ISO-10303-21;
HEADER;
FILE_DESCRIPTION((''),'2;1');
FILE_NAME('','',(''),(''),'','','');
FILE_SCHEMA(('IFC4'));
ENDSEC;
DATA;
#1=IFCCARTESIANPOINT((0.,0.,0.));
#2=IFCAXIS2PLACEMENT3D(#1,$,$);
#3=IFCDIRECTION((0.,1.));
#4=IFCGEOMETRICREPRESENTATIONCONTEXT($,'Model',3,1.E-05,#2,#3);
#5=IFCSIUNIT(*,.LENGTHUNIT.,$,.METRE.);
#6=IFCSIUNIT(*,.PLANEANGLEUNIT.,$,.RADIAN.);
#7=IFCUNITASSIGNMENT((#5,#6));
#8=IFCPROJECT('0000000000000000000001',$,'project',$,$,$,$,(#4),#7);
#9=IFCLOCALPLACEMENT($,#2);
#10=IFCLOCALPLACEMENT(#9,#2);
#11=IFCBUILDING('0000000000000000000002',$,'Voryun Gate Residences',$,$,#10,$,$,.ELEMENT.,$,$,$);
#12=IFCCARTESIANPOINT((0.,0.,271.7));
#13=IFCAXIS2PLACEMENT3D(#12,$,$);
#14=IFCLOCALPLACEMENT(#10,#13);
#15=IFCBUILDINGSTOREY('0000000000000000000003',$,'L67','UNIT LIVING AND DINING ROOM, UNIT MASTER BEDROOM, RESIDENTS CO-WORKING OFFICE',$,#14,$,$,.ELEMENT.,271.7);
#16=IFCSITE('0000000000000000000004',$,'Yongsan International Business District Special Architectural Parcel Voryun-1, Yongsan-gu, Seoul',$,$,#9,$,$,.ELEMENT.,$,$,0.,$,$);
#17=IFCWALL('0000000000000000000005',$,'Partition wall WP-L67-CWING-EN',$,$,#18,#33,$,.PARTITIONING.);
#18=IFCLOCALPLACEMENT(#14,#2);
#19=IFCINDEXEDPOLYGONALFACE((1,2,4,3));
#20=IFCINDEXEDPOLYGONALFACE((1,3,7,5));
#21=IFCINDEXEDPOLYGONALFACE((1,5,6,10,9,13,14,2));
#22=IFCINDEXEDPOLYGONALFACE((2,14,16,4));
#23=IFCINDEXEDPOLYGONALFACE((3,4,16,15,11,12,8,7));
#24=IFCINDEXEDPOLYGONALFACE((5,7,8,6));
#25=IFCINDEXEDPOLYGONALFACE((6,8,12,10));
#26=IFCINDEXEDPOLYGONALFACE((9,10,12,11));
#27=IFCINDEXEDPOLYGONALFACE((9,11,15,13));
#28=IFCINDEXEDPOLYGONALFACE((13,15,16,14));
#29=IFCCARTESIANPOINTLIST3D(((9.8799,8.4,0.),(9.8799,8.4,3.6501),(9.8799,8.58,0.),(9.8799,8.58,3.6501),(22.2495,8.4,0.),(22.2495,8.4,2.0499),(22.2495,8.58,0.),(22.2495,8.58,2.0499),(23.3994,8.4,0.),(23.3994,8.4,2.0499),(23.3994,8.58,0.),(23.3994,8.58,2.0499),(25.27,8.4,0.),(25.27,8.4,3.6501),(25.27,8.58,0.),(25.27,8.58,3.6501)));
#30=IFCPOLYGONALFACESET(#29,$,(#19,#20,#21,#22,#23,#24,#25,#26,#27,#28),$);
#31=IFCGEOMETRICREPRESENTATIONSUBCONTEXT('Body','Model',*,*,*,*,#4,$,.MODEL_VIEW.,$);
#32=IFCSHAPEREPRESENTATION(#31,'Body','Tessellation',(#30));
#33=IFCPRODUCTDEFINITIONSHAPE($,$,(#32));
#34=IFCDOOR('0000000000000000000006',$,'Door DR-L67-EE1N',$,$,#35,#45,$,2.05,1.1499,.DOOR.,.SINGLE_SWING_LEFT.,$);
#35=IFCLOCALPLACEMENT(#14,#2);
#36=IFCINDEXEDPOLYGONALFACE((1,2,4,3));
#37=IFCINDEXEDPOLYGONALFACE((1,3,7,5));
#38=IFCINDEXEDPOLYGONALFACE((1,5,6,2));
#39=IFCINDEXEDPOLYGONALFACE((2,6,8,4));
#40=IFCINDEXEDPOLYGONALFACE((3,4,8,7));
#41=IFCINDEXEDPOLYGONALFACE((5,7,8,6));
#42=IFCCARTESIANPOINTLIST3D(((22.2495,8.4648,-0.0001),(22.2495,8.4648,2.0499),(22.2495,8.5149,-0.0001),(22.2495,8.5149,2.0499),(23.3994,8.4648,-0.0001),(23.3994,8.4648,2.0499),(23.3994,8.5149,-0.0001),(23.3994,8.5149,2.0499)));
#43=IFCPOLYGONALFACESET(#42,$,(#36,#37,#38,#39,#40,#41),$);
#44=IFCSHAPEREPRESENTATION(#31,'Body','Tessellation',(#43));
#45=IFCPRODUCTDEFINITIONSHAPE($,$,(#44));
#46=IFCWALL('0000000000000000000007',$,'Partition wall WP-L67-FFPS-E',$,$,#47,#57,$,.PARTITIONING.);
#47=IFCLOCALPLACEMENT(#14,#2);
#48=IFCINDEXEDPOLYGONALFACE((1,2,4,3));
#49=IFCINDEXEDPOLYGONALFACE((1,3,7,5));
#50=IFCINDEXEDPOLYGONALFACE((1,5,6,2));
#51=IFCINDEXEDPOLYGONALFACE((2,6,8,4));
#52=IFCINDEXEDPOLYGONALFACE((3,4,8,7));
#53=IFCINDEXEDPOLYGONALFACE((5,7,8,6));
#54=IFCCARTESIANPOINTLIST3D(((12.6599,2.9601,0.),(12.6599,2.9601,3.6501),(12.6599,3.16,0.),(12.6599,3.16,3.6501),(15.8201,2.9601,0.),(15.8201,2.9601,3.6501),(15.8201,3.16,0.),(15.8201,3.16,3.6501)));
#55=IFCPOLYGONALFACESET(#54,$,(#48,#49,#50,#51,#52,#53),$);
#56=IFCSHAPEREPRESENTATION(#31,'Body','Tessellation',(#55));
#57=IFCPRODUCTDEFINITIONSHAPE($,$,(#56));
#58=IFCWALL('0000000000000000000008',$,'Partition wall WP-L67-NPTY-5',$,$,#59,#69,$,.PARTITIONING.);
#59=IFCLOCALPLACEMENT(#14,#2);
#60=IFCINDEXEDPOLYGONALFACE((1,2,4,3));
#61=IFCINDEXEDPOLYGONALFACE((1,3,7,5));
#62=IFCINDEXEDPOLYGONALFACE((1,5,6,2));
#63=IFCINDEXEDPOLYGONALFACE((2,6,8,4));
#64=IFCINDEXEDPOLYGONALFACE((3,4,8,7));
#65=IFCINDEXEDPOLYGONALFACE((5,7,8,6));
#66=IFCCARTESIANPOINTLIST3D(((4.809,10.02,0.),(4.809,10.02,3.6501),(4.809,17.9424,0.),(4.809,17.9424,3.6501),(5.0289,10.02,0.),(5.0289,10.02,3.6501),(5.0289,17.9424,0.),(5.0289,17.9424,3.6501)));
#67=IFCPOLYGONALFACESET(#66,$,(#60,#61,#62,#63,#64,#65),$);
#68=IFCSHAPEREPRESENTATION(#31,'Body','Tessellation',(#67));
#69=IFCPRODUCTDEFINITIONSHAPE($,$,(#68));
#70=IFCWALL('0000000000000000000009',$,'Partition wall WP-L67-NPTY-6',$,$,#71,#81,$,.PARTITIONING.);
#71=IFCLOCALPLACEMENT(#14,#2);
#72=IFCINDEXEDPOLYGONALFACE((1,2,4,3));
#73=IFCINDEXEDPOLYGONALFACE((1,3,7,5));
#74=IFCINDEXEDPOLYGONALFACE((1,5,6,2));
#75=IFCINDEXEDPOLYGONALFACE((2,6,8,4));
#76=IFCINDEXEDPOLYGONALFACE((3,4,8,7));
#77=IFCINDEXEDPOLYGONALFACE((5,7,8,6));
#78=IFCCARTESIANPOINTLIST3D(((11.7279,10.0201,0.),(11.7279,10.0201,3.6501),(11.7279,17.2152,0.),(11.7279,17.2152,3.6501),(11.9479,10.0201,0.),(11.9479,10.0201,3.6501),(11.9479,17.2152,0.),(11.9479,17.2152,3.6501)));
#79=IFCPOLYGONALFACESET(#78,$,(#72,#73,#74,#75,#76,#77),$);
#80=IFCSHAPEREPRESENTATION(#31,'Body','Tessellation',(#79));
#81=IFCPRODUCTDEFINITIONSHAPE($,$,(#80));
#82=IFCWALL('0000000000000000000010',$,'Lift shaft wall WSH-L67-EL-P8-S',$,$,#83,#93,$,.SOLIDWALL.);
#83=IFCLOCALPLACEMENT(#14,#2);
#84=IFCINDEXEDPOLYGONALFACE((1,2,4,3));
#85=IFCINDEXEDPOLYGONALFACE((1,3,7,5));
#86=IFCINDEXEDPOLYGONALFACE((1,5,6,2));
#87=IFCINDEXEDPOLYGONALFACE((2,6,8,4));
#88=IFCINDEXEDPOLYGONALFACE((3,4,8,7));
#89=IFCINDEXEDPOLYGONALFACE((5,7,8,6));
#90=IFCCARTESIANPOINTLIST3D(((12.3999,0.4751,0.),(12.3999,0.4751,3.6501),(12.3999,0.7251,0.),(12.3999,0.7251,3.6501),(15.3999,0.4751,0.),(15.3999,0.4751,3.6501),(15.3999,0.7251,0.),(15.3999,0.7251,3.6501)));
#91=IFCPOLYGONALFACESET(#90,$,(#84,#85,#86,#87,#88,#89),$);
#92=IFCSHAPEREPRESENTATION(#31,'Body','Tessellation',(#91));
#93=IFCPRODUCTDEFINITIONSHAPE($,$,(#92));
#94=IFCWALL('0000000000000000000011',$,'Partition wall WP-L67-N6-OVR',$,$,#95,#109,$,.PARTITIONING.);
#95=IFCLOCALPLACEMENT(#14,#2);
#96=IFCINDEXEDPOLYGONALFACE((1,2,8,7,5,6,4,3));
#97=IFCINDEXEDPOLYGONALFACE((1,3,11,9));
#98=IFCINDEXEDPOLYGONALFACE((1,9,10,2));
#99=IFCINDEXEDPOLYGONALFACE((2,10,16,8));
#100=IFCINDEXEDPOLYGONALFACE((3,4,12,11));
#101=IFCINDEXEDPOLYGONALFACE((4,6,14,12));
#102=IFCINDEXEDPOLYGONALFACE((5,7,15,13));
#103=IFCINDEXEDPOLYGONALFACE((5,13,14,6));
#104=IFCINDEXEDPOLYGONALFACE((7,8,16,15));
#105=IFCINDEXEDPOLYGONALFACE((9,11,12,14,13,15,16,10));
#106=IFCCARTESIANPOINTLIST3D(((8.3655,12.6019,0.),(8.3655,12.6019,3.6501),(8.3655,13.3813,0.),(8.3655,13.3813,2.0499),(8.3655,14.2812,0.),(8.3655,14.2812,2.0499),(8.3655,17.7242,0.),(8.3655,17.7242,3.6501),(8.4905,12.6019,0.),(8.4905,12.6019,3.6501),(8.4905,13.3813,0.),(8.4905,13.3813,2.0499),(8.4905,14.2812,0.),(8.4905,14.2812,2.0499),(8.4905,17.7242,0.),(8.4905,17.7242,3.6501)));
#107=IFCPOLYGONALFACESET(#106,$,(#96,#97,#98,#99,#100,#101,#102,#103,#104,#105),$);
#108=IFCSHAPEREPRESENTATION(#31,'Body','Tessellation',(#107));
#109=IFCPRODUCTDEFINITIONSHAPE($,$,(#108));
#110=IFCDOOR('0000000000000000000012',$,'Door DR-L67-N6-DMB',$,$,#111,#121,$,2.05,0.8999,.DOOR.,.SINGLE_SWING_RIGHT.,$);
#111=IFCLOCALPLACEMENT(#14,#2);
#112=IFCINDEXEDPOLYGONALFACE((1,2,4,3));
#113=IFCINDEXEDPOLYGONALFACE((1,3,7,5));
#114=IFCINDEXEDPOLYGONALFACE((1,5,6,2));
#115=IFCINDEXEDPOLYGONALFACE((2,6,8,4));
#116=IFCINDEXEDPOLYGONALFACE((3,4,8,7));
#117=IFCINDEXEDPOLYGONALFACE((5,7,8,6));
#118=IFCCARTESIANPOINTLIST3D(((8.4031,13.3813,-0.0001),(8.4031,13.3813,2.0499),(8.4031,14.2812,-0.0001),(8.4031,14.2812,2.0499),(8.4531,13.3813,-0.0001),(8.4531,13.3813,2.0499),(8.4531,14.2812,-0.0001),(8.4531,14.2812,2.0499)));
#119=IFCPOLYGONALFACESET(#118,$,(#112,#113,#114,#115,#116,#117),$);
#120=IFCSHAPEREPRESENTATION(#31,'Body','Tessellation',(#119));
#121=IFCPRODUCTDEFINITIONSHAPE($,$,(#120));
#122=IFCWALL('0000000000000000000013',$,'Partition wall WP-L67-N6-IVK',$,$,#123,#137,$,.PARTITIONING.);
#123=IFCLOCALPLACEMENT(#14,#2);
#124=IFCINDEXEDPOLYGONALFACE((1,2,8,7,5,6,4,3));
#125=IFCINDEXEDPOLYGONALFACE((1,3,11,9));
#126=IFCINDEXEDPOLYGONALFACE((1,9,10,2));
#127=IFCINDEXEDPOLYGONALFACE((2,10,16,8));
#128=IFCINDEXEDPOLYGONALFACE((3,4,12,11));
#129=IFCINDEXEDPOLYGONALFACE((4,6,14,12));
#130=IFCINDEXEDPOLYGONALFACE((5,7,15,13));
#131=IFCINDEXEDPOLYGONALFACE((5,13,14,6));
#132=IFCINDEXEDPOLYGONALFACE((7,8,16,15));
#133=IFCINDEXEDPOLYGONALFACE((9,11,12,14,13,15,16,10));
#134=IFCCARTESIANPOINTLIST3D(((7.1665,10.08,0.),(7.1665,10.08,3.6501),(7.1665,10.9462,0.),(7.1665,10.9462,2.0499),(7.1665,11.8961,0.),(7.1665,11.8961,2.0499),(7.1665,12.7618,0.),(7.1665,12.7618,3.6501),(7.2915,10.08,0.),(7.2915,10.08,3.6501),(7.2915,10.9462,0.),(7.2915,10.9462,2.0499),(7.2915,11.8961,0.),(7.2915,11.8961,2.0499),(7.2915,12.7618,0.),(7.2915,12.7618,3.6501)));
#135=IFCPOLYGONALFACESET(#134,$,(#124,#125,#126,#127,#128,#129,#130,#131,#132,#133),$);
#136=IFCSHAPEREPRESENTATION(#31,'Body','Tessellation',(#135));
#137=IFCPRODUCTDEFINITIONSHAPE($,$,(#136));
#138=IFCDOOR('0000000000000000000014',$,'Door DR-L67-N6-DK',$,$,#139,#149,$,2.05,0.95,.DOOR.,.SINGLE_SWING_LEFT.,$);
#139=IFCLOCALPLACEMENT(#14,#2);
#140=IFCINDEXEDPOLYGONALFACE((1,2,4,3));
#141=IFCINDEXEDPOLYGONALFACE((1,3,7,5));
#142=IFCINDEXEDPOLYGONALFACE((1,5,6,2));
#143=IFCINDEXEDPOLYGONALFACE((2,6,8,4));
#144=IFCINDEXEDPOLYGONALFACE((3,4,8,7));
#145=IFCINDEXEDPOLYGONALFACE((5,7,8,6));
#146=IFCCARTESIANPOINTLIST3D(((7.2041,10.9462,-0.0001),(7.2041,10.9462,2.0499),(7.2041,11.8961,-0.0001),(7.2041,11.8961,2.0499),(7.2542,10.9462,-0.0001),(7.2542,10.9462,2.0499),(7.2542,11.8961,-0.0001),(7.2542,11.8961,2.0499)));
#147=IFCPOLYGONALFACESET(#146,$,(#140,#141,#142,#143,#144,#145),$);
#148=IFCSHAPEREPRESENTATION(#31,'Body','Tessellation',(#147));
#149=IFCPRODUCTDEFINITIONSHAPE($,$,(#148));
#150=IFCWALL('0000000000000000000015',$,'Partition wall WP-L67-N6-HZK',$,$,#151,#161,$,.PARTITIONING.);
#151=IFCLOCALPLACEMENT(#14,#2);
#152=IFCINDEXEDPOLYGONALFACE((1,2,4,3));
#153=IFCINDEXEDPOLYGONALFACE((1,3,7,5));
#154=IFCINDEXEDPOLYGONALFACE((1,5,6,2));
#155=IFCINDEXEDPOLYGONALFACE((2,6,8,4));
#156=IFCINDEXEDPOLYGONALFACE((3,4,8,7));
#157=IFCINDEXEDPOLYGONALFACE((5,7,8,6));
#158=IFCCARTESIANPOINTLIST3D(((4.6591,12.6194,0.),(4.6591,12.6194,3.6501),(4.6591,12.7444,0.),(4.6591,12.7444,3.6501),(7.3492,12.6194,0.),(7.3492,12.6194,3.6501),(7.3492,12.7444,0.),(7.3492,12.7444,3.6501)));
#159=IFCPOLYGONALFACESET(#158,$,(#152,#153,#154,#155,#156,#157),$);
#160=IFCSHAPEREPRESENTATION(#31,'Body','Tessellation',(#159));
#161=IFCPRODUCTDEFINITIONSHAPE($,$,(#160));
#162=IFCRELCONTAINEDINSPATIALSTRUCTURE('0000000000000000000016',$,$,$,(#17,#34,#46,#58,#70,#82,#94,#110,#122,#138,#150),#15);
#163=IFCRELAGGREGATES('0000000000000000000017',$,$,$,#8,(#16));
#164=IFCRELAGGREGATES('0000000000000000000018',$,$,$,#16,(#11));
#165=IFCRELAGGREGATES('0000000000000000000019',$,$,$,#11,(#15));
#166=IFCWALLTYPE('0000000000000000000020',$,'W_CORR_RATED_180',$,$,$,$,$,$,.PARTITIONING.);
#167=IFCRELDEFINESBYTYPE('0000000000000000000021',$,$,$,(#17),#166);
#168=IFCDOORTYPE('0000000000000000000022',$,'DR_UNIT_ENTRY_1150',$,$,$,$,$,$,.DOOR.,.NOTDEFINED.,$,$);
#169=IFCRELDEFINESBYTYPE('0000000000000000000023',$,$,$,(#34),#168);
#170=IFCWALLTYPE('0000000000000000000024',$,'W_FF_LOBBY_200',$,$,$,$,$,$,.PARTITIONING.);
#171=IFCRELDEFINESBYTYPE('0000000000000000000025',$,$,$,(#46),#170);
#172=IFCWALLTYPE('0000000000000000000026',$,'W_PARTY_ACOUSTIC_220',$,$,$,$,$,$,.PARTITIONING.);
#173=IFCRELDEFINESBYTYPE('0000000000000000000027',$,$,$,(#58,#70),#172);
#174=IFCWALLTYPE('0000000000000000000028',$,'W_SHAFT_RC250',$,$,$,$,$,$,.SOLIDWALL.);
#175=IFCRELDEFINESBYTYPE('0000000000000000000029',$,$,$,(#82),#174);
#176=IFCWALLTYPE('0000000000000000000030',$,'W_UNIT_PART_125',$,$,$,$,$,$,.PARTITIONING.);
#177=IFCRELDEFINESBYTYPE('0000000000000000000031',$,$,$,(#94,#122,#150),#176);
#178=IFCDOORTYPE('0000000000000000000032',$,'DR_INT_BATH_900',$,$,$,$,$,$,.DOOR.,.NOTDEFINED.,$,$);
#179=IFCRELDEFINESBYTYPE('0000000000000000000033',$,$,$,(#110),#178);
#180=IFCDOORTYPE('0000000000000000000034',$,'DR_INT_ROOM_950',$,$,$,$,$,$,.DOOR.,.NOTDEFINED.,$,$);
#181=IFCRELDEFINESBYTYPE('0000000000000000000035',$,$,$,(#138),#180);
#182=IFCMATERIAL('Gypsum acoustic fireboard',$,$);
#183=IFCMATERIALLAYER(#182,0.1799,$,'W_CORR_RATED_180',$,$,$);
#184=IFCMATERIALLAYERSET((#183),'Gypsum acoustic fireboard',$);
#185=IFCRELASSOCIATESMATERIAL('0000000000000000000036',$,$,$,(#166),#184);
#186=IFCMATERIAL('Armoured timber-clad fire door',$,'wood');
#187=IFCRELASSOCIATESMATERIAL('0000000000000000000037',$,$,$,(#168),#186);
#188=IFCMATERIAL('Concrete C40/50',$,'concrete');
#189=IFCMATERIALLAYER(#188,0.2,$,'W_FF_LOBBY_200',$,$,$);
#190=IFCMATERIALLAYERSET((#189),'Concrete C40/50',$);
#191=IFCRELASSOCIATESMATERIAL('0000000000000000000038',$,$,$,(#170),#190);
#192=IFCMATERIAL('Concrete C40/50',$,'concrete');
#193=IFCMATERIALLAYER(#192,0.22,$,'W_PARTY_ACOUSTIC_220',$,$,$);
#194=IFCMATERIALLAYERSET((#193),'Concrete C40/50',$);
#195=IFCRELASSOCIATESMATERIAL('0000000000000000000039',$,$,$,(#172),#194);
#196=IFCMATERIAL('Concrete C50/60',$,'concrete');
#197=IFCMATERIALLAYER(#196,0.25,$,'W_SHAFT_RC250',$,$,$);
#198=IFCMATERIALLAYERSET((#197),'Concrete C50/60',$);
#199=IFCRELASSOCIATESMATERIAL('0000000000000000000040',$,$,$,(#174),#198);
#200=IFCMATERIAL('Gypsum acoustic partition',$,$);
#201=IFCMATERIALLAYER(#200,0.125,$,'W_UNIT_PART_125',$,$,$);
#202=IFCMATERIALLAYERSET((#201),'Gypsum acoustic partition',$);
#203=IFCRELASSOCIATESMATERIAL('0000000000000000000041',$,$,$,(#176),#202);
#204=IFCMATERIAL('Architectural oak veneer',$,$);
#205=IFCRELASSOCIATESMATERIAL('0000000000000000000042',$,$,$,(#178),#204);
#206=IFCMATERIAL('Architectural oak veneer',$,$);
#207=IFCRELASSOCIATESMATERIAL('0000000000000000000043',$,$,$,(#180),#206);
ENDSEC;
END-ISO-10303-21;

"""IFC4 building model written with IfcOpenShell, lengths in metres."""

from ifc_helpers import new_model, si_unit, direction, frame, frame_2d, origin, place, context, subcontext, project, spatial, rectangle, extrude, material, layer, layer_set, type_object, element, fill, save


model = new_model("IFC4")

# Units and contexts
model_context = context("Model", 3, precision=1e-05, world=origin(), true_north=direction((0.0, 1.0)))
body_context = subcontext(model_context, "Body", "Model", "MODEL_VIEW")
ifc_project = project(units=[si_unit("LENGTHUNIT", "METRE"), si_unit("PLANEANGLEUNIT", "RADIAN")], contexts=[model_context])

# Site, building, storey
site_placement = place(None, origin())
site = spatial("IfcSite", under=ifc_project, at=site_placement, Name="Yongsan International Business District Special Architectural Parcel Voryun-1, Yongsan-gu, Seoul", CompositionType="ELEMENT", RefElevation=0.0)
building_placement = place(site_placement, origin())
building = spatial("IfcBuilding", under=site, at=building_placement, Name="Voryun Gate Residences", CompositionType="ELEMENT")
storey_placement = place(building_placement, frame((0.0, 0.0, 271.7)))
storey = spatial("IfcBuildingStorey", under=building, at=storey_placement, Name="L67", Description="UNIT LIVING AND DINING ROOM, UNIT MASTER BEDROOM, RESIDENTS CO-WORKING OFFICE", CompositionType="ELEMENT", Elevation=271.7)

# Shared definitions
ifc_material_1 = material(Name="Gypsum acoustic fireboard")
ifc_layer_1 = layer(ifc_material_1, 0.1799, Name="W_CORR_RATED_180")
ifc_layer_set_1 = layer_set([ifc_layer_1], Name="Gypsum acoustic fireboard")
wall_type_1 = type_object("IfcWallType", Name="W_CORR_RATED_180", PredefinedType="PARTITIONING", material=ifc_layer_set_1)

# Wall, opening, door
wall_1_placement = place(storey_placement, frame((9.8799, 8.49, 0.0), z_axis=(0.0, 0.0, 1.0), x_axis=(1.0, 0.0, 0.0)))
wall_1 = element("IfcWall", 1, at=wall_1_placement, inside=storey, type_object=wall_type_1, Name="Partition wall WP-L67-CWING-EN", PredefinedType="PARTITIONING", context=body_context, shape_type="SweptSolid", body=[
    extrude(rectangle(XDim=15.3901, YDim=0.1799, at=frame_2d((7.6951, 0.0))), origin(), (0.0, 0.0, 1.0), 3.6501),
])
opening_1_placement = place(wall_1_placement, frame((12.3696, 0.0, 0.0)))
opening_1 = element("IfcOpeningElement", 2, at=opening_1_placement, cuts=wall_1, PredefinedType="OPENING", context=body_context, shape_type="SweptSolid", body=[
    extrude(rectangle(XDim=1.1499, YDim=2.05, at=frame_2d((0.575, 1.0249))), frame((0.0, 0.0999, 0.0), z_axis=(0.0, -1.0, 0.0), x_axis=(1.0, 0.0, 0.0)), (0.0, 0.0, 1.0), 0.2),
])
ifc_material_2 = material(Name="Armoured timber-clad fire door", Category="wood")
door_type_1 = type_object("IfcDoorType", Name="DR_UNIT_ENTRY_1150", OperationType="NOTDEFINED", PredefinedType="DOOR", material=ifc_material_2)
door_1_placement = place(opening_1_placement, origin())
door_1 = element("IfcDoor", 3, at=door_1_placement, inside=storey, type_object=door_type_1, Name="Door DR-L67-EE1N", OperationType="SINGLE_SWING_LEFT", OverallHeight=2.05, OverallWidth=1.1499, PredefinedType="DOOR", context=body_context, shape_type="SweptSolid", body=[
    extrude(rectangle(XDim=1.1499, YDim=2.05, at=frame_2d((0.575, 1.0249))), frame((0.0, 0.0249, 0.0), z_axis=(0.0, -1.0, 0.0), x_axis=(1.0, 0.0, 0.0)), (0.0, 0.0, 1.0), 0.05),
])
fill(opening_1, door_1)

# Walls
ifc_material_3 = material(Name="Concrete C40/50", Category="concrete")
ifc_layer_2 = layer(ifc_material_3, 0.2, Name="W_FF_LOBBY_200")
ifc_layer_set_2 = layer_set([ifc_layer_2], Name="Concrete C40/50")
wall_type_2 = type_object("IfcWallType", Name="W_FF_LOBBY_200", PredefinedType="PARTITIONING", material=ifc_layer_set_2)
wall_2_placement = place(storey_placement, frame((12.6599, 3.0601, 0.0), z_axis=(0.0, 0.0, 1.0), x_axis=(1.0, 0.0, 0.0)))
element("IfcWall", 4, at=wall_2_placement, inside=storey, type_object=wall_type_2, Name="Partition wall WP-L67-FFPS-E", PredefinedType="PARTITIONING", context=body_context, shape_type="SweptSolid", body=[
    extrude(rectangle(XDim=3.1602, YDim=0.2, at=frame_2d((1.5801, 0.0))), origin(), (0.0, 0.0, 1.0), 3.6501),
])
ifc_material_4 = material(Name="Concrete C40/50", Category="concrete")
ifc_layer_3 = layer(ifc_material_4, 0.22, Name="W_PARTY_ACOUSTIC_220")
ifc_layer_set_3 = layer_set([ifc_layer_3], Name="Concrete C40/50")
wall_type_3 = type_object("IfcWallType", Name="W_PARTY_ACOUSTIC_220", PredefinedType="PARTITIONING", material=ifc_layer_set_3)
wall_3_placement = place(storey_placement, frame((4.9189, 10.02, 0.0), z_axis=(0.0, 0.0, 1.0), x_axis=(0.0, 1.0, 0.0)))
element("IfcWall", 5, at=wall_3_placement, inside=storey, type_object=wall_type_3, Name="Partition wall WP-L67-NPTY-5", PredefinedType="PARTITIONING", context=body_context, shape_type="SweptSolid", body=[
    extrude(rectangle(XDim=7.9224, YDim=0.22, at=frame_2d((3.9612, 0.0))), origin(), (0.0, 0.0, 1.0), 3.6501),
])
wall_4_placement = place(storey_placement, frame((11.8379, 10.02, 0.0), z_axis=(0.0, 0.0, 1.0), x_axis=(0.0, 1.0, 0.0)))
element("IfcWall", 6, at=wall_4_placement, inside=storey, type_object=wall_type_3, Name="Partition wall WP-L67-NPTY-6", PredefinedType="PARTITIONING", context=body_context, shape_type="SweptSolid", body=[
    extrude(rectangle(XDim=7.1951, YDim=0.22, at=frame_2d((3.5977, 0.0))), origin(), (0.0, 0.0, 1.0), 3.6501),
])
ifc_material_5 = material(Name="Concrete C50/60", Category="concrete")
ifc_layer_4 = layer(ifc_material_5, 0.25, Name="W_SHAFT_RC250")
ifc_layer_set_4 = layer_set([ifc_layer_4], Name="Concrete C50/60")
wall_type_4 = type_object("IfcWallType", Name="W_SHAFT_RC250", PredefinedType="SOLIDWALL", material=ifc_layer_set_4)
wall_5_placement = place(storey_placement, frame((12.3999, 0.6001, 0.0), z_axis=(0.0, 0.0, 1.0), x_axis=(1.0, 0.0, 0.0)))
element("IfcWall", 7, at=wall_5_placement, inside=storey, type_object=wall_type_4, Name="Lift shaft wall WSH-L67-EL-P8-S", PredefinedType="SOLIDWALL", context=body_context, shape_type="SweptSolid", body=[
    extrude(rectangle(XDim=3.0, YDim=0.25, at=frame_2d((1.5, 0.0))), origin(), (0.0, 0.0, 1.0), 3.6501),
])

# Walls, openings, doors
ifc_material_6 = material(Name="Gypsum acoustic partition")
ifc_layer_5 = layer(ifc_material_6, 0.125, Name="W_UNIT_PART_125")
ifc_layer_set_5 = layer_set([ifc_layer_5], Name="Gypsum acoustic partition")
wall_type_5 = type_object("IfcWallType", Name="W_UNIT_PART_125", PredefinedType="PARTITIONING", material=ifc_layer_set_5)
wall_6_placement = place(storey_placement, frame((8.428, 12.6021, 0.0), z_axis=(0.0, 0.0, 1.0), x_axis=(0.0, 1.0, 0.0)))
wall_6 = element("IfcWall", 8, at=wall_6_placement, inside=storey, type_object=wall_type_5, Name="Partition wall WP-L67-N6-OVR", PredefinedType="PARTITIONING", context=body_context, shape_type="SweptSolid", body=[
    extrude(rectangle(XDim=5.1223, YDim=0.125, at=frame_2d((2.561, 0.0))), origin(), (0.0, 0.0, 1.0), 3.6501),
])
opening_2_placement = place(wall_6_placement, frame((0.7793, 0.0, 0.0)))
opening_2 = element("IfcOpeningElement", 9, at=opening_2_placement, cuts=wall_6, PredefinedType="OPENING", context=body_context, shape_type="SweptSolid", body=[
    extrude(rectangle(XDim=0.8999, YDim=2.05, at=frame_2d((0.45, 1.0249))), frame((0.0, 0.0725, 0.0), z_axis=(0.0, -1.0, 0.0), x_axis=(1.0, 0.0, 0.0)), (0.0, 0.0, 1.0), 0.145),
])
ifc_material_7 = material(Name="Architectural oak veneer")
door_type_2 = type_object("IfcDoorType", Name="DR_INT_BATH_900", OperationType="NOTDEFINED", PredefinedType="DOOR", material=ifc_material_7)
door_2_placement = place(opening_2_placement, origin())
door_2 = element("IfcDoor", 10, at=door_2_placement, inside=storey, type_object=door_type_2, Name="Door DR-L67-N6-DMB", OperationType="SINGLE_SWING_RIGHT", OverallHeight=2.05, OverallWidth=0.8999, PredefinedType="DOOR", context=body_context, shape_type="SweptSolid", body=[
    extrude(rectangle(XDim=0.8999, YDim=2.05, at=frame_2d((0.45, 1.0249))), frame((0.0, 0.0249, 0.0), z_axis=(0.0, -1.0, 0.0), x_axis=(1.0, 0.0, 0.0)), (0.0, 0.0, 1.0), 0.05),
])
fill(opening_2, door_2)
wall_7_placement = place(storey_placement, frame((7.229, 10.0801, 0.0), z_axis=(0.0, 0.0, 1.0), x_axis=(0.0, 1.0, 0.0)))
wall_7 = element("IfcWall", 11, at=wall_7_placement, inside=storey, type_object=wall_type_5, Name="Partition wall WP-L67-N6-IVK", PredefinedType="PARTITIONING", context=body_context, shape_type="SweptSolid", body=[
    extrude(rectangle(XDim=2.6819, YDim=0.125, at=frame_2d((1.3408, 0.0))), origin(), (0.0, 0.0, 1.0), 3.6501),
])
opening_3_placement = place(wall_7_placement, frame((0.866, 0.0, 0.0)))
opening_3 = element("IfcOpeningElement", 12, at=opening_3_placement, cuts=wall_7, PredefinedType="OPENING", context=body_context, shape_type="SweptSolid", body=[
    extrude(rectangle(XDim=0.95, YDim=2.05, at=frame_2d((0.4751, 1.0249))), frame((0.0, 0.0725, 0.0), z_axis=(0.0, -1.0, 0.0), x_axis=(1.0, 0.0, 0.0)), (0.0, 0.0, 1.0), 0.145),
])
ifc_material_8 = material(Name="Architectural oak veneer")
door_type_3 = type_object("IfcDoorType", Name="DR_INT_ROOM_950", OperationType="NOTDEFINED", PredefinedType="DOOR", material=ifc_material_8)
door_3_placement = place(opening_3_placement, origin())
door_3 = element("IfcDoor", 13, at=door_3_placement, inside=storey, type_object=door_type_3, Name="Door DR-L67-N6-DK", OperationType="SINGLE_SWING_LEFT", OverallHeight=2.05, OverallWidth=0.95, PredefinedType="DOOR", context=body_context, shape_type="SweptSolid", body=[
    extrude(rectangle(XDim=0.95, YDim=2.05, at=frame_2d((0.4751, 1.0249))), frame((0.0, 0.0249, 0.0), z_axis=(0.0, -1.0, 0.0), x_axis=(1.0, 0.0, 0.0)), (0.0, 0.0, 1.0), 0.05),
])
fill(opening_3, door_3)

# Wall
wall_8_placement = place(storey_placement, frame((4.6589, 12.6819, 0.0), z_axis=(0.0, 0.0, 1.0), x_axis=(1.0, 0.0, 0.0)))
element("IfcWall", 14, at=wall_8_placement, inside=storey, type_object=wall_type_5, Name="Partition wall WP-L67-N6-HZK", PredefinedType="PARTITIONING", context=body_context, shape_type="SweptSolid", body=[
    extrude(rectangle(XDim=2.6902, YDim=0.125, at=frame_2d((1.3452, 0.0))), origin(), (0.0, 0.0, 1.0), 3.6501),
])

save(model, "model.ifc")
